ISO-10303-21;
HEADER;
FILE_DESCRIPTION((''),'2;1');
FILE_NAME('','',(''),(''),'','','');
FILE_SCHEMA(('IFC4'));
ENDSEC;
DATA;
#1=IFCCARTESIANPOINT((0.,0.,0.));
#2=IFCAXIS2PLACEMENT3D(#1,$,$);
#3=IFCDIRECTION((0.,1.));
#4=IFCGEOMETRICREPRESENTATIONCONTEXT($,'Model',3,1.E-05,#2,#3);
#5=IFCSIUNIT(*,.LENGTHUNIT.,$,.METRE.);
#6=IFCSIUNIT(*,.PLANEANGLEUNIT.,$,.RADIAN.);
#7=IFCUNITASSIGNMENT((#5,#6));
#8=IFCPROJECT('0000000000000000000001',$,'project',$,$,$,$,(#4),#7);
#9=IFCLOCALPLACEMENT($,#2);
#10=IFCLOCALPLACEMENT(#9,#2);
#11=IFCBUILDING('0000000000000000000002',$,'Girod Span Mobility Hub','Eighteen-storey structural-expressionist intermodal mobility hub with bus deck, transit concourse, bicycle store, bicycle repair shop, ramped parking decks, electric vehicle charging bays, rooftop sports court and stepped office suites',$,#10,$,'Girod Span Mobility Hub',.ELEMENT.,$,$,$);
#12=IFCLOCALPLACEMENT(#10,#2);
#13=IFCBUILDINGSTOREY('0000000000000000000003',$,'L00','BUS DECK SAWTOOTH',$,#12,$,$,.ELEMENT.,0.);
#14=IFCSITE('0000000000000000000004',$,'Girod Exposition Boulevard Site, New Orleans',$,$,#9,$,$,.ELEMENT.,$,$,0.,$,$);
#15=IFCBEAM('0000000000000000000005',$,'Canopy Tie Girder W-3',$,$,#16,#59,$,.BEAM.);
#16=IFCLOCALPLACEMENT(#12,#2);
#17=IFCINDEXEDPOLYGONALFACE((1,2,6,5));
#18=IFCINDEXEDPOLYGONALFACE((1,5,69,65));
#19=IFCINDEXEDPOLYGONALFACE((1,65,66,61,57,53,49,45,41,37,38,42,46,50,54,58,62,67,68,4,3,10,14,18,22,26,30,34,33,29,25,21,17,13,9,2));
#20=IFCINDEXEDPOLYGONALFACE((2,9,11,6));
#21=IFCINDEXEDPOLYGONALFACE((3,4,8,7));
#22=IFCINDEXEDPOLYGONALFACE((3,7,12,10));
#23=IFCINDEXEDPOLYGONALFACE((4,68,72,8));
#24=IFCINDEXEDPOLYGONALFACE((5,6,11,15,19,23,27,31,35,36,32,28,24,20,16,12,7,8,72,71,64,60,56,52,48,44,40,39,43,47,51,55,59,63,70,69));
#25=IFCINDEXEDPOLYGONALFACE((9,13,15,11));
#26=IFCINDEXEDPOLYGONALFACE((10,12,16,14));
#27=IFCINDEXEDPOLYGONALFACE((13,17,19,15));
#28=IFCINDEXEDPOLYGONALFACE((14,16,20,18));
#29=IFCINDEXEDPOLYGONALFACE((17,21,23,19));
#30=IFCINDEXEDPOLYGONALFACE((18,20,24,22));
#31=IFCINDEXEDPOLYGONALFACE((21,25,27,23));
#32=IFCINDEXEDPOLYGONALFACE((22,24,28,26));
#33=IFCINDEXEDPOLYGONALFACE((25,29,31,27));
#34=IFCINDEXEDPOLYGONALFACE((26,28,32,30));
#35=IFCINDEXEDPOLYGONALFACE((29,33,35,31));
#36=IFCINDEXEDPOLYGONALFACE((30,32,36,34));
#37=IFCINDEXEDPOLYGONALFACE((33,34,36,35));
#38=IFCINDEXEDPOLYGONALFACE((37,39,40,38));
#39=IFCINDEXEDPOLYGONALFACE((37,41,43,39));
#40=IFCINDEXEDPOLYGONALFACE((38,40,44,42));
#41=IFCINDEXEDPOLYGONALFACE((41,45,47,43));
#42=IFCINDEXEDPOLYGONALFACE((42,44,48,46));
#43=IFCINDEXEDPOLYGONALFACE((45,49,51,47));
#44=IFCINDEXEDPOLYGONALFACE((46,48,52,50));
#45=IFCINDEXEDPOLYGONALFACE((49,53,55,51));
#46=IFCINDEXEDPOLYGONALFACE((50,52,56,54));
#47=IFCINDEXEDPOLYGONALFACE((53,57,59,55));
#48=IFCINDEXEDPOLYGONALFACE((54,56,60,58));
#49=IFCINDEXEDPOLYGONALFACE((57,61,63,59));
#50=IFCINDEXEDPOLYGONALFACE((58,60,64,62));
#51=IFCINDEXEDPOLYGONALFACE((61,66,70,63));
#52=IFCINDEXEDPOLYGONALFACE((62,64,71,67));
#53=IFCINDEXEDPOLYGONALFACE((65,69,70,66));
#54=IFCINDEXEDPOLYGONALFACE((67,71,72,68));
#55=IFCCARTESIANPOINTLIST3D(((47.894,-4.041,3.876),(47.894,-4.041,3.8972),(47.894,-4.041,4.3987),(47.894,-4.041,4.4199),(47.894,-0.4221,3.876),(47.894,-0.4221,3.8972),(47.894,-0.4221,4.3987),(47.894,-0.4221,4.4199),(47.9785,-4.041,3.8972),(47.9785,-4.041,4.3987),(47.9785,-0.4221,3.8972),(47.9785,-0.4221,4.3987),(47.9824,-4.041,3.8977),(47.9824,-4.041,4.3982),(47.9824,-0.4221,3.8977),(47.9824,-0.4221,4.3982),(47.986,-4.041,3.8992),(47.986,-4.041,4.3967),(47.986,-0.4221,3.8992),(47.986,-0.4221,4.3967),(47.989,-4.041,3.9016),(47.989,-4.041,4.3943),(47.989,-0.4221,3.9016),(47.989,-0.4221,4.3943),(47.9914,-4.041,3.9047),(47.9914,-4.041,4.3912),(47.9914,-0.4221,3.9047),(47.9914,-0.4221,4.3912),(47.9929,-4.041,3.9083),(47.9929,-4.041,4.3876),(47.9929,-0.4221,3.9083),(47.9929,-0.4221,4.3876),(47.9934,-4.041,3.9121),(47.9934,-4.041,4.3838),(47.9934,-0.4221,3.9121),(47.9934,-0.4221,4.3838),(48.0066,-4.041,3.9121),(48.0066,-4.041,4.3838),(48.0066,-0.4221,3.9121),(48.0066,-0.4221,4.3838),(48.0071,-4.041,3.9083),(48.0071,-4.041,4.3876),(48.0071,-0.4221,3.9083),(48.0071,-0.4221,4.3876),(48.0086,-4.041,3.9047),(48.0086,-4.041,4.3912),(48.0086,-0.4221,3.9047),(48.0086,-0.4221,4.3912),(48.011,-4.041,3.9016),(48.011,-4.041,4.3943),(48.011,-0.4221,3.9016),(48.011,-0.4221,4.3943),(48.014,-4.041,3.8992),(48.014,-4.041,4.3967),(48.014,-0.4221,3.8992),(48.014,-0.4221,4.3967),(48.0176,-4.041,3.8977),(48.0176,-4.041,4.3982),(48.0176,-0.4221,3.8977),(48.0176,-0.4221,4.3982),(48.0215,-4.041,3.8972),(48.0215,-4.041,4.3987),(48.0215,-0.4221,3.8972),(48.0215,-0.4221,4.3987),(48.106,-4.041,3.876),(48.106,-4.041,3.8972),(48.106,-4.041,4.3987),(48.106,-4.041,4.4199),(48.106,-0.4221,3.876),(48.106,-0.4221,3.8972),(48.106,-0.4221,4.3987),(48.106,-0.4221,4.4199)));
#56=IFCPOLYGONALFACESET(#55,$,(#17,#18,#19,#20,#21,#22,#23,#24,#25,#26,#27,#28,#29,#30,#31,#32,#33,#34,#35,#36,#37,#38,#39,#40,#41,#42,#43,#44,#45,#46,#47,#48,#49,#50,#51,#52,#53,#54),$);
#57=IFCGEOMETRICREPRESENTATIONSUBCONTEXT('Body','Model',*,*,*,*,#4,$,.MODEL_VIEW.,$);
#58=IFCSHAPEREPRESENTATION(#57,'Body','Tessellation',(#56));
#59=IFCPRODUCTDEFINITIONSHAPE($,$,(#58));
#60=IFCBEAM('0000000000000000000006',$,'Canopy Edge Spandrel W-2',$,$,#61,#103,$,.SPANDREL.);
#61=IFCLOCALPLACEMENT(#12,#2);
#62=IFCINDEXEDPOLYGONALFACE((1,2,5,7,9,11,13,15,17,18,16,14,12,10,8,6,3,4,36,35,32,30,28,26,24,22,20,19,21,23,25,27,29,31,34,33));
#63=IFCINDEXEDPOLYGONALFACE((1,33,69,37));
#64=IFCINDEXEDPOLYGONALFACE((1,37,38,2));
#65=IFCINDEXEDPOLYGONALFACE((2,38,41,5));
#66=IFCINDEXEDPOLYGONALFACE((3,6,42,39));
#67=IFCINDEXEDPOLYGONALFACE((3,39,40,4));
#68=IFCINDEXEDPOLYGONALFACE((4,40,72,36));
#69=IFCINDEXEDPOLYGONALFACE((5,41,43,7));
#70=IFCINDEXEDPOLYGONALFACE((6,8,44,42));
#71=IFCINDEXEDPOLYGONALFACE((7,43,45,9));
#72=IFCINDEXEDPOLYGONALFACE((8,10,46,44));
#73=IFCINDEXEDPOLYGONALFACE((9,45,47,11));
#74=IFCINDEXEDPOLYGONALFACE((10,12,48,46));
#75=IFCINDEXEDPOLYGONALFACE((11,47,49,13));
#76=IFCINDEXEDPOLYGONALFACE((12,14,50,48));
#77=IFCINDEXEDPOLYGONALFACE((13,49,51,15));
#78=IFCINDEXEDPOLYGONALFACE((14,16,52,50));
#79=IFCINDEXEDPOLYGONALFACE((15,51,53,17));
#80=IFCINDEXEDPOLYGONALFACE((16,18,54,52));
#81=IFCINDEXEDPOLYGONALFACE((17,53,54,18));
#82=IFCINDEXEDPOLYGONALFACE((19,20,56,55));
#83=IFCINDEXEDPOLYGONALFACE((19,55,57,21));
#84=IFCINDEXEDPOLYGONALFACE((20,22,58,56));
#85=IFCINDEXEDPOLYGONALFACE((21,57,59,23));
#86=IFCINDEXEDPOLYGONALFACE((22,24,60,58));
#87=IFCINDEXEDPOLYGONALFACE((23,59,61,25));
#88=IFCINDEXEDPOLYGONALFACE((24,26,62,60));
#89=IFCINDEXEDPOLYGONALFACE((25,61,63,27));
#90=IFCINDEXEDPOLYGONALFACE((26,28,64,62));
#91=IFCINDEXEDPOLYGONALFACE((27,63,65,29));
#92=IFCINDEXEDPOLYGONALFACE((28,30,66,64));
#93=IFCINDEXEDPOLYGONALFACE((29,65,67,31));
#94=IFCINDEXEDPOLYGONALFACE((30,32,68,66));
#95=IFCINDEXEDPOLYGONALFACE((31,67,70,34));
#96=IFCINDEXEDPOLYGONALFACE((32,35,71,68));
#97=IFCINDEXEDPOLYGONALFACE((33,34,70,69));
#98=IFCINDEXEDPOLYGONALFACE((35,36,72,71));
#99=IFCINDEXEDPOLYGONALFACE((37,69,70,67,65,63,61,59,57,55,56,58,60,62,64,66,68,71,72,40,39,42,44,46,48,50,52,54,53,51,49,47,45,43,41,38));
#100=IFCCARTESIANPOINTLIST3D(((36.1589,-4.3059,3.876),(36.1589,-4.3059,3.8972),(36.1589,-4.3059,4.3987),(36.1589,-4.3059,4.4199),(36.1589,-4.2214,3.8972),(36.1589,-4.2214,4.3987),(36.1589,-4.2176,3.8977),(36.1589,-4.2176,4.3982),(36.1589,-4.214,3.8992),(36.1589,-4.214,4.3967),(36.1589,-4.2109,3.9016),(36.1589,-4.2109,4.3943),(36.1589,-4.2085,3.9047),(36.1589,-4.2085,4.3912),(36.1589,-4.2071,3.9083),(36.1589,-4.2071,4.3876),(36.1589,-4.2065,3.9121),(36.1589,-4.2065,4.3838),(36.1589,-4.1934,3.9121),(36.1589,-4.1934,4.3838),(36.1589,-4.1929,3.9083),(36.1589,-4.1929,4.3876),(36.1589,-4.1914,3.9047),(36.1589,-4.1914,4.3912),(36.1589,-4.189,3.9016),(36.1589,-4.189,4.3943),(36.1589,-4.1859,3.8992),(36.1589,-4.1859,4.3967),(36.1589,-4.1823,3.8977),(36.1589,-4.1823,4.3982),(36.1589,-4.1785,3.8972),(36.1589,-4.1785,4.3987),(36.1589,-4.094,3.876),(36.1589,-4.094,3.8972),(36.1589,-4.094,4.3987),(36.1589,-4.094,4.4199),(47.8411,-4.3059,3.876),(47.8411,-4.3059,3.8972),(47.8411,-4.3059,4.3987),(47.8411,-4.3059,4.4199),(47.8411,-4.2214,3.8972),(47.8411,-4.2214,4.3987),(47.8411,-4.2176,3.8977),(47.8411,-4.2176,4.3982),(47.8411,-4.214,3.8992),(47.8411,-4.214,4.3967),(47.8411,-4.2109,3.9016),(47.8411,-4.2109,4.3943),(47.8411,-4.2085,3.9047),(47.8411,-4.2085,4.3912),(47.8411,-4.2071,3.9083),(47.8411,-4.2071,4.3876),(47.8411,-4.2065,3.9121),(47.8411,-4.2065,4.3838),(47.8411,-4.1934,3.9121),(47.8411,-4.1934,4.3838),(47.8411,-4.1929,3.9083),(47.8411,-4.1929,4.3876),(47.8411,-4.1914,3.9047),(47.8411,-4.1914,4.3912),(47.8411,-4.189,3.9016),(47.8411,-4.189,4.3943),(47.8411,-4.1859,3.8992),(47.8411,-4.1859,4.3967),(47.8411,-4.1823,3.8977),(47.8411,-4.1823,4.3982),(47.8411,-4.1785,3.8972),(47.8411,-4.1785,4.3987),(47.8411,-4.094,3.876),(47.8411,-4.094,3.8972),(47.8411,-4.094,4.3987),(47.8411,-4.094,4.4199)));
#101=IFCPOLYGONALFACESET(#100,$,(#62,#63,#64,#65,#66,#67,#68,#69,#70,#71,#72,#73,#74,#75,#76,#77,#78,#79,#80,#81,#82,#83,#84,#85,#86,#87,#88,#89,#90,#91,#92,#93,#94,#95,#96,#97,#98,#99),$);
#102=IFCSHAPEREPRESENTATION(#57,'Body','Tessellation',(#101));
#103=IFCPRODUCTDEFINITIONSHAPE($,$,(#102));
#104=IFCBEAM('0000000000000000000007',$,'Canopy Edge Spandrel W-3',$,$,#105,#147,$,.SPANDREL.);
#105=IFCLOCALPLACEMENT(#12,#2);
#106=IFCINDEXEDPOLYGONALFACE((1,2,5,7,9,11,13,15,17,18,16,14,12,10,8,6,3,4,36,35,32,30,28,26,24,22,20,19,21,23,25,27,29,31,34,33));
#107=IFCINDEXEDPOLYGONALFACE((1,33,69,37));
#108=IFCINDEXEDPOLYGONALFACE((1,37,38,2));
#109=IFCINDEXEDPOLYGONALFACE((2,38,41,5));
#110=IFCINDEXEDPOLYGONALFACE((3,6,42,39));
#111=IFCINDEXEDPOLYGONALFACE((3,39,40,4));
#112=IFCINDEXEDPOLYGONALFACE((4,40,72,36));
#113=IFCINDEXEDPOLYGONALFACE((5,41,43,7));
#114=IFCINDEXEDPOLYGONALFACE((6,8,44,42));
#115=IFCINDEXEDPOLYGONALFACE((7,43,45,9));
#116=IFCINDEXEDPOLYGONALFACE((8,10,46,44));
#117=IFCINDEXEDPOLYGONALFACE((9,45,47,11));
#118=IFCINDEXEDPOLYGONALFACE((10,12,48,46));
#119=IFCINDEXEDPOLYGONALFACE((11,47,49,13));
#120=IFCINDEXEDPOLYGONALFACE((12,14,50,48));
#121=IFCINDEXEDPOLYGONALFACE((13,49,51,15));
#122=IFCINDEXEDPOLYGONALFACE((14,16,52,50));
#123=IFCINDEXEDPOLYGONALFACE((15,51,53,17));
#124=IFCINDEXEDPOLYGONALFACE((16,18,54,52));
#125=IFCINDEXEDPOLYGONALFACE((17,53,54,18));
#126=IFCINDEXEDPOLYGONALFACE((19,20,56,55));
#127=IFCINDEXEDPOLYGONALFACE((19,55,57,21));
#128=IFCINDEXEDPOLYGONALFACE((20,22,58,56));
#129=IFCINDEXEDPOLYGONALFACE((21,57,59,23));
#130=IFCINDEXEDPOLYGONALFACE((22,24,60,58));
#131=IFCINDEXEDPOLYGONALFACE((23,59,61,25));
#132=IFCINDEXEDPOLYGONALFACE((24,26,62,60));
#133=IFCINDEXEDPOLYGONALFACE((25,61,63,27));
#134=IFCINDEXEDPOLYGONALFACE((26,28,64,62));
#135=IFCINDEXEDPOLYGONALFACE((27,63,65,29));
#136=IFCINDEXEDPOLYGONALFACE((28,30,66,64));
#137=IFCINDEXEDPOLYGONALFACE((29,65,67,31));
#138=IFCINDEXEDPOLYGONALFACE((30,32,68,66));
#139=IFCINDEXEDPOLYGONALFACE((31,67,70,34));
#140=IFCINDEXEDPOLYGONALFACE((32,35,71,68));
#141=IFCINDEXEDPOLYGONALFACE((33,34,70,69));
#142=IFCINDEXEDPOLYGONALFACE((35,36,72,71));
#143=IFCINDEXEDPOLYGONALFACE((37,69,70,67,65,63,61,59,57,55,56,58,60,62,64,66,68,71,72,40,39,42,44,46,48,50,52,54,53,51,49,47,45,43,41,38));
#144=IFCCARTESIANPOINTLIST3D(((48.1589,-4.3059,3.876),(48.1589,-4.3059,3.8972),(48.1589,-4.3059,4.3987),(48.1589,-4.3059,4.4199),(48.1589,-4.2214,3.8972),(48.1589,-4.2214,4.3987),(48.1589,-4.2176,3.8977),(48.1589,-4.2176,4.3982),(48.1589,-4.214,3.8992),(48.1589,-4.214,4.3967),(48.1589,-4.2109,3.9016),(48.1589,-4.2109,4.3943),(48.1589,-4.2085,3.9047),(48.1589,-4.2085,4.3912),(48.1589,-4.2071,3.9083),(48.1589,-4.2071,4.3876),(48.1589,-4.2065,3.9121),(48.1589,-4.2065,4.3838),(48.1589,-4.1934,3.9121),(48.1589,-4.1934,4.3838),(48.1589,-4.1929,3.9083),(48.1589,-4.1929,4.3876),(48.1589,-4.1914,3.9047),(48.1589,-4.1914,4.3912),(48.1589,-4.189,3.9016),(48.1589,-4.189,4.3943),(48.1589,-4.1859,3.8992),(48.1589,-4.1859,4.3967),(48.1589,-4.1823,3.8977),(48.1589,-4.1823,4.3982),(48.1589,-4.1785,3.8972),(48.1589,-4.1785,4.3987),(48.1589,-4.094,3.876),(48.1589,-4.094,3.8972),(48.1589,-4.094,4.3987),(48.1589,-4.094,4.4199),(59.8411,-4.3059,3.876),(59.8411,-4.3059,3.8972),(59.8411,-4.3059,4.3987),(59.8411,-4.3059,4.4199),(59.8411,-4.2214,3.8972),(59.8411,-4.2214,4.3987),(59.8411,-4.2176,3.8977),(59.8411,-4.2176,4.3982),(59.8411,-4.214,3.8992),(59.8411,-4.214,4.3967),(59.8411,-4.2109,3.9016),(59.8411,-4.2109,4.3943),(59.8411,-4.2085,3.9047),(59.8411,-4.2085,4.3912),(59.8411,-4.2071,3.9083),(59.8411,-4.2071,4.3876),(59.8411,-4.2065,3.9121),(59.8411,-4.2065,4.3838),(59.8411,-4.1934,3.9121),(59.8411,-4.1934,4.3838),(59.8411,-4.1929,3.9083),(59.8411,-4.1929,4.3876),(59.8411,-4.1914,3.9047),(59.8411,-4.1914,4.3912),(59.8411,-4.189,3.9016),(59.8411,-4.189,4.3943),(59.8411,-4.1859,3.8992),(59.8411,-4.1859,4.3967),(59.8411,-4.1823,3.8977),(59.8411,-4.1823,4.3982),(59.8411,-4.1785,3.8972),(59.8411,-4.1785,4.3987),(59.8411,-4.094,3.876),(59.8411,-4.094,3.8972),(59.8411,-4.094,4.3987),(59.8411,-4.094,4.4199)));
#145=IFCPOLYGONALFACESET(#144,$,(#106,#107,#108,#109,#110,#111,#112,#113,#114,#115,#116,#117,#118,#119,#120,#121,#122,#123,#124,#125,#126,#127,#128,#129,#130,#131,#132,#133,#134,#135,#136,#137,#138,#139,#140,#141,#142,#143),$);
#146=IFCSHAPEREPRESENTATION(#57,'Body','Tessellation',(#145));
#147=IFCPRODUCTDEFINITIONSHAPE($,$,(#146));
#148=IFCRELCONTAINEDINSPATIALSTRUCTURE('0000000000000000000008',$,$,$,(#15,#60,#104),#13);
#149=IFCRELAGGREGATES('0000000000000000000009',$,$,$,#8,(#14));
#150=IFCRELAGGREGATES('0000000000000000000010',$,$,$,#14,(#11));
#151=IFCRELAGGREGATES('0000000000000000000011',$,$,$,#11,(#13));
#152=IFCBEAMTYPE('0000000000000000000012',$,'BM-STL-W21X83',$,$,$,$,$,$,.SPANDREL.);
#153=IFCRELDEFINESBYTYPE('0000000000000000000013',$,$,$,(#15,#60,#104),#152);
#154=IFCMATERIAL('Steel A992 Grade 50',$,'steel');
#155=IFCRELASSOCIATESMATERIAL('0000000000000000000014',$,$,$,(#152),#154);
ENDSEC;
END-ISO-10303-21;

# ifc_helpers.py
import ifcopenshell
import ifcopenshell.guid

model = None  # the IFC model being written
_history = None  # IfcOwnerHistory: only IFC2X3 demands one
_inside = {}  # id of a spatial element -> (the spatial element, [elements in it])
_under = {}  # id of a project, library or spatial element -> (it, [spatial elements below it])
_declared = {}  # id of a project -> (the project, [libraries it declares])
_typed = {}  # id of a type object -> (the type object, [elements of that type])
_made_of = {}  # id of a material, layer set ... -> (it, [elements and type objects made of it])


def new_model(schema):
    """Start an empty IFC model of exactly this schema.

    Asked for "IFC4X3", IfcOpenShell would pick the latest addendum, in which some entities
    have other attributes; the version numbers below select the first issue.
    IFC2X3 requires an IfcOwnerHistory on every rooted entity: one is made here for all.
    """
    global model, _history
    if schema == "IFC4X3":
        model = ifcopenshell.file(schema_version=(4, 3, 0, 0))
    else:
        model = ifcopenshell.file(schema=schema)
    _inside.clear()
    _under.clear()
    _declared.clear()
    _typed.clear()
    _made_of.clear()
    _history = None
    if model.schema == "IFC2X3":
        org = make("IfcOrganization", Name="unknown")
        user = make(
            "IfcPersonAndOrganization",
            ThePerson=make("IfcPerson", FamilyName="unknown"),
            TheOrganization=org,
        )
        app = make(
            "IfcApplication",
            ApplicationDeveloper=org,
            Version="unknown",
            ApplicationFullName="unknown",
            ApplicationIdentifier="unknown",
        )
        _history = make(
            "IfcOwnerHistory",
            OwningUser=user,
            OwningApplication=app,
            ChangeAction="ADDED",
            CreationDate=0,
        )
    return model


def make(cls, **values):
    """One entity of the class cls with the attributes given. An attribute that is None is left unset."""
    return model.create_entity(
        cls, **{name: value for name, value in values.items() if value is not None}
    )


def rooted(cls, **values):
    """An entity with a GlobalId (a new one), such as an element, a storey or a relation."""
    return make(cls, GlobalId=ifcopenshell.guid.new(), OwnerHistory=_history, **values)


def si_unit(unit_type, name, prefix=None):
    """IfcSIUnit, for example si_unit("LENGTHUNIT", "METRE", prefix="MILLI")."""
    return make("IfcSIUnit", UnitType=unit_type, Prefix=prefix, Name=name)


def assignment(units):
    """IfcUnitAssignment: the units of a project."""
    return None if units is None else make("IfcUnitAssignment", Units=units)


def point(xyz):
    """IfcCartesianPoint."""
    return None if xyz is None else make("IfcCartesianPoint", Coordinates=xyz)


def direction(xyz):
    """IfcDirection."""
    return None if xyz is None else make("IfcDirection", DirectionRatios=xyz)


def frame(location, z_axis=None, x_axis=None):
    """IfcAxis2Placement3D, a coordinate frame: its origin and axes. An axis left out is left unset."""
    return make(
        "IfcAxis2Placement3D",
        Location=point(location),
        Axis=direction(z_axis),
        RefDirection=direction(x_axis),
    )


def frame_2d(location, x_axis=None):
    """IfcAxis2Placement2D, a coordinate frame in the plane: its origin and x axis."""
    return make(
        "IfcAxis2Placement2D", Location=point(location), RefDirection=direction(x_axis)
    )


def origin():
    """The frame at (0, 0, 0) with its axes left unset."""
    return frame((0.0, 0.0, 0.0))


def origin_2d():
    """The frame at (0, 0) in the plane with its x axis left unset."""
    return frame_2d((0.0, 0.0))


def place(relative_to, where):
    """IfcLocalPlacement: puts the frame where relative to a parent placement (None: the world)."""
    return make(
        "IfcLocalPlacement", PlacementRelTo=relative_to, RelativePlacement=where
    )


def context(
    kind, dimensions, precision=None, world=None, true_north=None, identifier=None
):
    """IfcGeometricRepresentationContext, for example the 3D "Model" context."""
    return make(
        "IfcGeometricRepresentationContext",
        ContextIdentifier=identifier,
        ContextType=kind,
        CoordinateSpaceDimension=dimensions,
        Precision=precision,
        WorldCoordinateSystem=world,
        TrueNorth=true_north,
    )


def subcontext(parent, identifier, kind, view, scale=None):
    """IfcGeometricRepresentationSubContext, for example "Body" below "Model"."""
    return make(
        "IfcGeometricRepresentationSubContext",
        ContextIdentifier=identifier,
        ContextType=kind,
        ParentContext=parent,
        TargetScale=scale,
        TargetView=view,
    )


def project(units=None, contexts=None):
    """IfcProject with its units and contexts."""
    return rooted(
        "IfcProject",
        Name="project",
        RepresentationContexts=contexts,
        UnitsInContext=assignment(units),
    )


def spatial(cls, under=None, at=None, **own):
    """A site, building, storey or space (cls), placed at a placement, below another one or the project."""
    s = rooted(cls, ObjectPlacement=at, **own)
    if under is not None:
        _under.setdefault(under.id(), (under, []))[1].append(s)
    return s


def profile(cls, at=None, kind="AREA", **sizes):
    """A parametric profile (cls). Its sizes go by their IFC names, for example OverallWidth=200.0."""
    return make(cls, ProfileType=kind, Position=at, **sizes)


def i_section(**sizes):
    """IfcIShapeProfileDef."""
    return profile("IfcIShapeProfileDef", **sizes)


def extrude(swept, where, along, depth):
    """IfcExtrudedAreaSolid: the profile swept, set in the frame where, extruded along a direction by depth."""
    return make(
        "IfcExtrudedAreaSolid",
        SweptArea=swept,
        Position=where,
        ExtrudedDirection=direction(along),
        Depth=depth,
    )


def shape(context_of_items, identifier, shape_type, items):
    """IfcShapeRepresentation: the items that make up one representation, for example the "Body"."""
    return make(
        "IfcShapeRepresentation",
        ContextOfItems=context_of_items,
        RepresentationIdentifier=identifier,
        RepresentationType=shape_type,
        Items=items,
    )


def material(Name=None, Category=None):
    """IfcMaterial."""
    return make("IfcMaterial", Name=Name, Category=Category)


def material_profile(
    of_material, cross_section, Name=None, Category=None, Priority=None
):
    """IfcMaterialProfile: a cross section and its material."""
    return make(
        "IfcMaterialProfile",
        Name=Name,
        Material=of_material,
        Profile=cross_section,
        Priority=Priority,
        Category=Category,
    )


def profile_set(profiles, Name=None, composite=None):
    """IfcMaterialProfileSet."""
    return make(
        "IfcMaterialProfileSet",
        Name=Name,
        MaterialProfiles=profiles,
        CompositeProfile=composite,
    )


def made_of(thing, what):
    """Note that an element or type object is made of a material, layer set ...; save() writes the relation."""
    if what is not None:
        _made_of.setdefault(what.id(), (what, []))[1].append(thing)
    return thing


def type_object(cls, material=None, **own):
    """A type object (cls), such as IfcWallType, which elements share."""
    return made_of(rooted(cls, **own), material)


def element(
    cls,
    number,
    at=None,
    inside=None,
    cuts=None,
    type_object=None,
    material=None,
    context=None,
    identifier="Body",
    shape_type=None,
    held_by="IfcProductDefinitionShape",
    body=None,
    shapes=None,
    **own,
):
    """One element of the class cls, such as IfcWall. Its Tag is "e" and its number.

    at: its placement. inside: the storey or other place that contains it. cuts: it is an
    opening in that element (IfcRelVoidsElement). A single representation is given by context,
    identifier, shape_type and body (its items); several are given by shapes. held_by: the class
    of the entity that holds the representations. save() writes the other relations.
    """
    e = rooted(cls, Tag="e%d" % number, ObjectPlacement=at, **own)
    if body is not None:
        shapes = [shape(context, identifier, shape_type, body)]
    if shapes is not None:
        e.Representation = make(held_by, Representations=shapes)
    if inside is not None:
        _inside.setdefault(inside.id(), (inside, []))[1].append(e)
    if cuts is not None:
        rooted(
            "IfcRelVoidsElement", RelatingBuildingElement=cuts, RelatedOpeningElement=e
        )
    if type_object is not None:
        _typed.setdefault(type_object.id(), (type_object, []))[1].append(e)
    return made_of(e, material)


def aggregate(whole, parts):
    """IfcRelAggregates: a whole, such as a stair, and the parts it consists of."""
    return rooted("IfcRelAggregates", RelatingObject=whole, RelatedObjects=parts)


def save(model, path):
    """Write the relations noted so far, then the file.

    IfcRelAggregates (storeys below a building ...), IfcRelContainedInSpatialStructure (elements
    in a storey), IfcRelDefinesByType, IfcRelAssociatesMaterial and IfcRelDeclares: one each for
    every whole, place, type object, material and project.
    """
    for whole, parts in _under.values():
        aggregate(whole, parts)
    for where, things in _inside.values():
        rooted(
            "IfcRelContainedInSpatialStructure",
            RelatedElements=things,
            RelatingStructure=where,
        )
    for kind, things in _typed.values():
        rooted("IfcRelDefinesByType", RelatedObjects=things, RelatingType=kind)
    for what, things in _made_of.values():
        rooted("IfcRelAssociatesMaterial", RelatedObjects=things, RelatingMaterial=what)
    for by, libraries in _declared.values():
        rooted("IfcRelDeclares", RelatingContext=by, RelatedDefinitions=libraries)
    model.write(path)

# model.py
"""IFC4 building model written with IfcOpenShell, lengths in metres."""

from ifc_helpers import new_model, si_unit, direction, frame, origin, origin_2d, place, context, subcontext, project, spatial, i_section, extrude, material, material_profile, profile_set, type_object, element, save


model = new_model("IFC4")

# Units and contexts
model_context = context("Model", 3, precision=1e-05, world=origin(), true_north=direction((0.0, 1.0)))
body_context = subcontext(model_context, "Body", "Model", "MODEL_VIEW")
ifc_project = project(units=[si_unit("LENGTHUNIT", "METRE"), si_unit("PLANEANGLEUNIT", "RADIAN")], contexts=[model_context])

# Site, building, storey
site_placement = place(None, origin())
site = spatial("IfcSite", under=ifc_project, at=site_placement, Name="Girod Exposition Boulevard Site, New Orleans", CompositionType="ELEMENT", RefElevation=0.0)
building_placement = place(site_placement, origin())
building = spatial("IfcBuilding", under=site, at=building_placement, Name="Girod Span Mobility Hub", Description="Eighteen-storey structural-expressionist intermodal mobility hub with bus deck, transit concourse, bicycle store, bicycle repair shop, ramped parking decks, electric vehicle charging bays, rooftop sports court and stepped office suites", LongName="Girod Span Mobility Hub", CompositionType="ELEMENT")
storey_placement = place(building_placement, origin())
storey = spatial("IfcBuildingStorey", under=building, at=storey_placement, Name="L00", Description="BUS DECK SAWTOOTH", CompositionType="ELEMENT", Elevation=0.0)

# Beams
ifc_material_1 = material(Name="Steel A992 Grade 50", Category="steel")
ifc_material_profile_1 = material_profile(ifc_material_1, i_section(OverallWidth=0.2119, OverallDepth=0.5439, WebThickness=0.0132, FlangeThickness=0.0212, FilletRadius=0.0149, at=origin_2d()), Name="W21X83")
ifc_profile_set_1 = profile_set([ifc_material_profile_1], Name="Steel A992 Grade 50")
beam_type_1 = type_object("IfcBeamType", Name="BM-STL-W21X83", PredefinedType="SPANDREL", material=ifc_profile_set_1)
beam_placement = place(storey_placement, frame((48.0, -4.041, 4.1479), z_axis=(0.0, 1.0, 0.0), x_axis=(-1.0, 0.0, 0.0)))
element("IfcBeam", 1, at=beam_placement, inside=storey, type_object=beam_type_1, Name="Canopy Tie Girder W-3", PredefinedType="BEAM", context=body_context, shape_type="SweptSolid", body=[
    extrude(i_section(OverallWidth=0.2119, OverallDepth=0.5439, WebThickness=0.0132, FlangeThickness=0.0212, FilletRadius=0.0149, at=origin_2d()), origin(), (0.0, 0.0, 1.0), 3.6189),
])
for number, where, z_axis, x_axis, name in (
    (2, (36.1589, -4.2, 4.1479), (1.0, 0.0, 0.0), (0.0, 1.0, 0.0), "Canopy Edge Spandrel W-2"),
    (3, (48.1589, -4.2, 4.1479), (1.0, 0.0, 0.0), (0.0, 1.0, 0.0), "Canopy Edge Spandrel W-3"),
):
    element("IfcBeam", number, at=place(storey_placement, frame(where, z_axis=z_axis, x_axis=x_axis)), inside=storey, type_object=beam_type_1, Name=name, PredefinedType="SPANDREL", context=body_context, shape_type="SweptSolid", body=[
        extrude(i_section(OverallWidth=0.2119, OverallDepth=0.5439, WebThickness=0.0132, FlangeThickness=0.0212, FilletRadius=0.0149, at=origin_2d()), origin(), (0.0, 0.0, 1.0), 11.6821),
    ])

save(model, "model.ifc")
